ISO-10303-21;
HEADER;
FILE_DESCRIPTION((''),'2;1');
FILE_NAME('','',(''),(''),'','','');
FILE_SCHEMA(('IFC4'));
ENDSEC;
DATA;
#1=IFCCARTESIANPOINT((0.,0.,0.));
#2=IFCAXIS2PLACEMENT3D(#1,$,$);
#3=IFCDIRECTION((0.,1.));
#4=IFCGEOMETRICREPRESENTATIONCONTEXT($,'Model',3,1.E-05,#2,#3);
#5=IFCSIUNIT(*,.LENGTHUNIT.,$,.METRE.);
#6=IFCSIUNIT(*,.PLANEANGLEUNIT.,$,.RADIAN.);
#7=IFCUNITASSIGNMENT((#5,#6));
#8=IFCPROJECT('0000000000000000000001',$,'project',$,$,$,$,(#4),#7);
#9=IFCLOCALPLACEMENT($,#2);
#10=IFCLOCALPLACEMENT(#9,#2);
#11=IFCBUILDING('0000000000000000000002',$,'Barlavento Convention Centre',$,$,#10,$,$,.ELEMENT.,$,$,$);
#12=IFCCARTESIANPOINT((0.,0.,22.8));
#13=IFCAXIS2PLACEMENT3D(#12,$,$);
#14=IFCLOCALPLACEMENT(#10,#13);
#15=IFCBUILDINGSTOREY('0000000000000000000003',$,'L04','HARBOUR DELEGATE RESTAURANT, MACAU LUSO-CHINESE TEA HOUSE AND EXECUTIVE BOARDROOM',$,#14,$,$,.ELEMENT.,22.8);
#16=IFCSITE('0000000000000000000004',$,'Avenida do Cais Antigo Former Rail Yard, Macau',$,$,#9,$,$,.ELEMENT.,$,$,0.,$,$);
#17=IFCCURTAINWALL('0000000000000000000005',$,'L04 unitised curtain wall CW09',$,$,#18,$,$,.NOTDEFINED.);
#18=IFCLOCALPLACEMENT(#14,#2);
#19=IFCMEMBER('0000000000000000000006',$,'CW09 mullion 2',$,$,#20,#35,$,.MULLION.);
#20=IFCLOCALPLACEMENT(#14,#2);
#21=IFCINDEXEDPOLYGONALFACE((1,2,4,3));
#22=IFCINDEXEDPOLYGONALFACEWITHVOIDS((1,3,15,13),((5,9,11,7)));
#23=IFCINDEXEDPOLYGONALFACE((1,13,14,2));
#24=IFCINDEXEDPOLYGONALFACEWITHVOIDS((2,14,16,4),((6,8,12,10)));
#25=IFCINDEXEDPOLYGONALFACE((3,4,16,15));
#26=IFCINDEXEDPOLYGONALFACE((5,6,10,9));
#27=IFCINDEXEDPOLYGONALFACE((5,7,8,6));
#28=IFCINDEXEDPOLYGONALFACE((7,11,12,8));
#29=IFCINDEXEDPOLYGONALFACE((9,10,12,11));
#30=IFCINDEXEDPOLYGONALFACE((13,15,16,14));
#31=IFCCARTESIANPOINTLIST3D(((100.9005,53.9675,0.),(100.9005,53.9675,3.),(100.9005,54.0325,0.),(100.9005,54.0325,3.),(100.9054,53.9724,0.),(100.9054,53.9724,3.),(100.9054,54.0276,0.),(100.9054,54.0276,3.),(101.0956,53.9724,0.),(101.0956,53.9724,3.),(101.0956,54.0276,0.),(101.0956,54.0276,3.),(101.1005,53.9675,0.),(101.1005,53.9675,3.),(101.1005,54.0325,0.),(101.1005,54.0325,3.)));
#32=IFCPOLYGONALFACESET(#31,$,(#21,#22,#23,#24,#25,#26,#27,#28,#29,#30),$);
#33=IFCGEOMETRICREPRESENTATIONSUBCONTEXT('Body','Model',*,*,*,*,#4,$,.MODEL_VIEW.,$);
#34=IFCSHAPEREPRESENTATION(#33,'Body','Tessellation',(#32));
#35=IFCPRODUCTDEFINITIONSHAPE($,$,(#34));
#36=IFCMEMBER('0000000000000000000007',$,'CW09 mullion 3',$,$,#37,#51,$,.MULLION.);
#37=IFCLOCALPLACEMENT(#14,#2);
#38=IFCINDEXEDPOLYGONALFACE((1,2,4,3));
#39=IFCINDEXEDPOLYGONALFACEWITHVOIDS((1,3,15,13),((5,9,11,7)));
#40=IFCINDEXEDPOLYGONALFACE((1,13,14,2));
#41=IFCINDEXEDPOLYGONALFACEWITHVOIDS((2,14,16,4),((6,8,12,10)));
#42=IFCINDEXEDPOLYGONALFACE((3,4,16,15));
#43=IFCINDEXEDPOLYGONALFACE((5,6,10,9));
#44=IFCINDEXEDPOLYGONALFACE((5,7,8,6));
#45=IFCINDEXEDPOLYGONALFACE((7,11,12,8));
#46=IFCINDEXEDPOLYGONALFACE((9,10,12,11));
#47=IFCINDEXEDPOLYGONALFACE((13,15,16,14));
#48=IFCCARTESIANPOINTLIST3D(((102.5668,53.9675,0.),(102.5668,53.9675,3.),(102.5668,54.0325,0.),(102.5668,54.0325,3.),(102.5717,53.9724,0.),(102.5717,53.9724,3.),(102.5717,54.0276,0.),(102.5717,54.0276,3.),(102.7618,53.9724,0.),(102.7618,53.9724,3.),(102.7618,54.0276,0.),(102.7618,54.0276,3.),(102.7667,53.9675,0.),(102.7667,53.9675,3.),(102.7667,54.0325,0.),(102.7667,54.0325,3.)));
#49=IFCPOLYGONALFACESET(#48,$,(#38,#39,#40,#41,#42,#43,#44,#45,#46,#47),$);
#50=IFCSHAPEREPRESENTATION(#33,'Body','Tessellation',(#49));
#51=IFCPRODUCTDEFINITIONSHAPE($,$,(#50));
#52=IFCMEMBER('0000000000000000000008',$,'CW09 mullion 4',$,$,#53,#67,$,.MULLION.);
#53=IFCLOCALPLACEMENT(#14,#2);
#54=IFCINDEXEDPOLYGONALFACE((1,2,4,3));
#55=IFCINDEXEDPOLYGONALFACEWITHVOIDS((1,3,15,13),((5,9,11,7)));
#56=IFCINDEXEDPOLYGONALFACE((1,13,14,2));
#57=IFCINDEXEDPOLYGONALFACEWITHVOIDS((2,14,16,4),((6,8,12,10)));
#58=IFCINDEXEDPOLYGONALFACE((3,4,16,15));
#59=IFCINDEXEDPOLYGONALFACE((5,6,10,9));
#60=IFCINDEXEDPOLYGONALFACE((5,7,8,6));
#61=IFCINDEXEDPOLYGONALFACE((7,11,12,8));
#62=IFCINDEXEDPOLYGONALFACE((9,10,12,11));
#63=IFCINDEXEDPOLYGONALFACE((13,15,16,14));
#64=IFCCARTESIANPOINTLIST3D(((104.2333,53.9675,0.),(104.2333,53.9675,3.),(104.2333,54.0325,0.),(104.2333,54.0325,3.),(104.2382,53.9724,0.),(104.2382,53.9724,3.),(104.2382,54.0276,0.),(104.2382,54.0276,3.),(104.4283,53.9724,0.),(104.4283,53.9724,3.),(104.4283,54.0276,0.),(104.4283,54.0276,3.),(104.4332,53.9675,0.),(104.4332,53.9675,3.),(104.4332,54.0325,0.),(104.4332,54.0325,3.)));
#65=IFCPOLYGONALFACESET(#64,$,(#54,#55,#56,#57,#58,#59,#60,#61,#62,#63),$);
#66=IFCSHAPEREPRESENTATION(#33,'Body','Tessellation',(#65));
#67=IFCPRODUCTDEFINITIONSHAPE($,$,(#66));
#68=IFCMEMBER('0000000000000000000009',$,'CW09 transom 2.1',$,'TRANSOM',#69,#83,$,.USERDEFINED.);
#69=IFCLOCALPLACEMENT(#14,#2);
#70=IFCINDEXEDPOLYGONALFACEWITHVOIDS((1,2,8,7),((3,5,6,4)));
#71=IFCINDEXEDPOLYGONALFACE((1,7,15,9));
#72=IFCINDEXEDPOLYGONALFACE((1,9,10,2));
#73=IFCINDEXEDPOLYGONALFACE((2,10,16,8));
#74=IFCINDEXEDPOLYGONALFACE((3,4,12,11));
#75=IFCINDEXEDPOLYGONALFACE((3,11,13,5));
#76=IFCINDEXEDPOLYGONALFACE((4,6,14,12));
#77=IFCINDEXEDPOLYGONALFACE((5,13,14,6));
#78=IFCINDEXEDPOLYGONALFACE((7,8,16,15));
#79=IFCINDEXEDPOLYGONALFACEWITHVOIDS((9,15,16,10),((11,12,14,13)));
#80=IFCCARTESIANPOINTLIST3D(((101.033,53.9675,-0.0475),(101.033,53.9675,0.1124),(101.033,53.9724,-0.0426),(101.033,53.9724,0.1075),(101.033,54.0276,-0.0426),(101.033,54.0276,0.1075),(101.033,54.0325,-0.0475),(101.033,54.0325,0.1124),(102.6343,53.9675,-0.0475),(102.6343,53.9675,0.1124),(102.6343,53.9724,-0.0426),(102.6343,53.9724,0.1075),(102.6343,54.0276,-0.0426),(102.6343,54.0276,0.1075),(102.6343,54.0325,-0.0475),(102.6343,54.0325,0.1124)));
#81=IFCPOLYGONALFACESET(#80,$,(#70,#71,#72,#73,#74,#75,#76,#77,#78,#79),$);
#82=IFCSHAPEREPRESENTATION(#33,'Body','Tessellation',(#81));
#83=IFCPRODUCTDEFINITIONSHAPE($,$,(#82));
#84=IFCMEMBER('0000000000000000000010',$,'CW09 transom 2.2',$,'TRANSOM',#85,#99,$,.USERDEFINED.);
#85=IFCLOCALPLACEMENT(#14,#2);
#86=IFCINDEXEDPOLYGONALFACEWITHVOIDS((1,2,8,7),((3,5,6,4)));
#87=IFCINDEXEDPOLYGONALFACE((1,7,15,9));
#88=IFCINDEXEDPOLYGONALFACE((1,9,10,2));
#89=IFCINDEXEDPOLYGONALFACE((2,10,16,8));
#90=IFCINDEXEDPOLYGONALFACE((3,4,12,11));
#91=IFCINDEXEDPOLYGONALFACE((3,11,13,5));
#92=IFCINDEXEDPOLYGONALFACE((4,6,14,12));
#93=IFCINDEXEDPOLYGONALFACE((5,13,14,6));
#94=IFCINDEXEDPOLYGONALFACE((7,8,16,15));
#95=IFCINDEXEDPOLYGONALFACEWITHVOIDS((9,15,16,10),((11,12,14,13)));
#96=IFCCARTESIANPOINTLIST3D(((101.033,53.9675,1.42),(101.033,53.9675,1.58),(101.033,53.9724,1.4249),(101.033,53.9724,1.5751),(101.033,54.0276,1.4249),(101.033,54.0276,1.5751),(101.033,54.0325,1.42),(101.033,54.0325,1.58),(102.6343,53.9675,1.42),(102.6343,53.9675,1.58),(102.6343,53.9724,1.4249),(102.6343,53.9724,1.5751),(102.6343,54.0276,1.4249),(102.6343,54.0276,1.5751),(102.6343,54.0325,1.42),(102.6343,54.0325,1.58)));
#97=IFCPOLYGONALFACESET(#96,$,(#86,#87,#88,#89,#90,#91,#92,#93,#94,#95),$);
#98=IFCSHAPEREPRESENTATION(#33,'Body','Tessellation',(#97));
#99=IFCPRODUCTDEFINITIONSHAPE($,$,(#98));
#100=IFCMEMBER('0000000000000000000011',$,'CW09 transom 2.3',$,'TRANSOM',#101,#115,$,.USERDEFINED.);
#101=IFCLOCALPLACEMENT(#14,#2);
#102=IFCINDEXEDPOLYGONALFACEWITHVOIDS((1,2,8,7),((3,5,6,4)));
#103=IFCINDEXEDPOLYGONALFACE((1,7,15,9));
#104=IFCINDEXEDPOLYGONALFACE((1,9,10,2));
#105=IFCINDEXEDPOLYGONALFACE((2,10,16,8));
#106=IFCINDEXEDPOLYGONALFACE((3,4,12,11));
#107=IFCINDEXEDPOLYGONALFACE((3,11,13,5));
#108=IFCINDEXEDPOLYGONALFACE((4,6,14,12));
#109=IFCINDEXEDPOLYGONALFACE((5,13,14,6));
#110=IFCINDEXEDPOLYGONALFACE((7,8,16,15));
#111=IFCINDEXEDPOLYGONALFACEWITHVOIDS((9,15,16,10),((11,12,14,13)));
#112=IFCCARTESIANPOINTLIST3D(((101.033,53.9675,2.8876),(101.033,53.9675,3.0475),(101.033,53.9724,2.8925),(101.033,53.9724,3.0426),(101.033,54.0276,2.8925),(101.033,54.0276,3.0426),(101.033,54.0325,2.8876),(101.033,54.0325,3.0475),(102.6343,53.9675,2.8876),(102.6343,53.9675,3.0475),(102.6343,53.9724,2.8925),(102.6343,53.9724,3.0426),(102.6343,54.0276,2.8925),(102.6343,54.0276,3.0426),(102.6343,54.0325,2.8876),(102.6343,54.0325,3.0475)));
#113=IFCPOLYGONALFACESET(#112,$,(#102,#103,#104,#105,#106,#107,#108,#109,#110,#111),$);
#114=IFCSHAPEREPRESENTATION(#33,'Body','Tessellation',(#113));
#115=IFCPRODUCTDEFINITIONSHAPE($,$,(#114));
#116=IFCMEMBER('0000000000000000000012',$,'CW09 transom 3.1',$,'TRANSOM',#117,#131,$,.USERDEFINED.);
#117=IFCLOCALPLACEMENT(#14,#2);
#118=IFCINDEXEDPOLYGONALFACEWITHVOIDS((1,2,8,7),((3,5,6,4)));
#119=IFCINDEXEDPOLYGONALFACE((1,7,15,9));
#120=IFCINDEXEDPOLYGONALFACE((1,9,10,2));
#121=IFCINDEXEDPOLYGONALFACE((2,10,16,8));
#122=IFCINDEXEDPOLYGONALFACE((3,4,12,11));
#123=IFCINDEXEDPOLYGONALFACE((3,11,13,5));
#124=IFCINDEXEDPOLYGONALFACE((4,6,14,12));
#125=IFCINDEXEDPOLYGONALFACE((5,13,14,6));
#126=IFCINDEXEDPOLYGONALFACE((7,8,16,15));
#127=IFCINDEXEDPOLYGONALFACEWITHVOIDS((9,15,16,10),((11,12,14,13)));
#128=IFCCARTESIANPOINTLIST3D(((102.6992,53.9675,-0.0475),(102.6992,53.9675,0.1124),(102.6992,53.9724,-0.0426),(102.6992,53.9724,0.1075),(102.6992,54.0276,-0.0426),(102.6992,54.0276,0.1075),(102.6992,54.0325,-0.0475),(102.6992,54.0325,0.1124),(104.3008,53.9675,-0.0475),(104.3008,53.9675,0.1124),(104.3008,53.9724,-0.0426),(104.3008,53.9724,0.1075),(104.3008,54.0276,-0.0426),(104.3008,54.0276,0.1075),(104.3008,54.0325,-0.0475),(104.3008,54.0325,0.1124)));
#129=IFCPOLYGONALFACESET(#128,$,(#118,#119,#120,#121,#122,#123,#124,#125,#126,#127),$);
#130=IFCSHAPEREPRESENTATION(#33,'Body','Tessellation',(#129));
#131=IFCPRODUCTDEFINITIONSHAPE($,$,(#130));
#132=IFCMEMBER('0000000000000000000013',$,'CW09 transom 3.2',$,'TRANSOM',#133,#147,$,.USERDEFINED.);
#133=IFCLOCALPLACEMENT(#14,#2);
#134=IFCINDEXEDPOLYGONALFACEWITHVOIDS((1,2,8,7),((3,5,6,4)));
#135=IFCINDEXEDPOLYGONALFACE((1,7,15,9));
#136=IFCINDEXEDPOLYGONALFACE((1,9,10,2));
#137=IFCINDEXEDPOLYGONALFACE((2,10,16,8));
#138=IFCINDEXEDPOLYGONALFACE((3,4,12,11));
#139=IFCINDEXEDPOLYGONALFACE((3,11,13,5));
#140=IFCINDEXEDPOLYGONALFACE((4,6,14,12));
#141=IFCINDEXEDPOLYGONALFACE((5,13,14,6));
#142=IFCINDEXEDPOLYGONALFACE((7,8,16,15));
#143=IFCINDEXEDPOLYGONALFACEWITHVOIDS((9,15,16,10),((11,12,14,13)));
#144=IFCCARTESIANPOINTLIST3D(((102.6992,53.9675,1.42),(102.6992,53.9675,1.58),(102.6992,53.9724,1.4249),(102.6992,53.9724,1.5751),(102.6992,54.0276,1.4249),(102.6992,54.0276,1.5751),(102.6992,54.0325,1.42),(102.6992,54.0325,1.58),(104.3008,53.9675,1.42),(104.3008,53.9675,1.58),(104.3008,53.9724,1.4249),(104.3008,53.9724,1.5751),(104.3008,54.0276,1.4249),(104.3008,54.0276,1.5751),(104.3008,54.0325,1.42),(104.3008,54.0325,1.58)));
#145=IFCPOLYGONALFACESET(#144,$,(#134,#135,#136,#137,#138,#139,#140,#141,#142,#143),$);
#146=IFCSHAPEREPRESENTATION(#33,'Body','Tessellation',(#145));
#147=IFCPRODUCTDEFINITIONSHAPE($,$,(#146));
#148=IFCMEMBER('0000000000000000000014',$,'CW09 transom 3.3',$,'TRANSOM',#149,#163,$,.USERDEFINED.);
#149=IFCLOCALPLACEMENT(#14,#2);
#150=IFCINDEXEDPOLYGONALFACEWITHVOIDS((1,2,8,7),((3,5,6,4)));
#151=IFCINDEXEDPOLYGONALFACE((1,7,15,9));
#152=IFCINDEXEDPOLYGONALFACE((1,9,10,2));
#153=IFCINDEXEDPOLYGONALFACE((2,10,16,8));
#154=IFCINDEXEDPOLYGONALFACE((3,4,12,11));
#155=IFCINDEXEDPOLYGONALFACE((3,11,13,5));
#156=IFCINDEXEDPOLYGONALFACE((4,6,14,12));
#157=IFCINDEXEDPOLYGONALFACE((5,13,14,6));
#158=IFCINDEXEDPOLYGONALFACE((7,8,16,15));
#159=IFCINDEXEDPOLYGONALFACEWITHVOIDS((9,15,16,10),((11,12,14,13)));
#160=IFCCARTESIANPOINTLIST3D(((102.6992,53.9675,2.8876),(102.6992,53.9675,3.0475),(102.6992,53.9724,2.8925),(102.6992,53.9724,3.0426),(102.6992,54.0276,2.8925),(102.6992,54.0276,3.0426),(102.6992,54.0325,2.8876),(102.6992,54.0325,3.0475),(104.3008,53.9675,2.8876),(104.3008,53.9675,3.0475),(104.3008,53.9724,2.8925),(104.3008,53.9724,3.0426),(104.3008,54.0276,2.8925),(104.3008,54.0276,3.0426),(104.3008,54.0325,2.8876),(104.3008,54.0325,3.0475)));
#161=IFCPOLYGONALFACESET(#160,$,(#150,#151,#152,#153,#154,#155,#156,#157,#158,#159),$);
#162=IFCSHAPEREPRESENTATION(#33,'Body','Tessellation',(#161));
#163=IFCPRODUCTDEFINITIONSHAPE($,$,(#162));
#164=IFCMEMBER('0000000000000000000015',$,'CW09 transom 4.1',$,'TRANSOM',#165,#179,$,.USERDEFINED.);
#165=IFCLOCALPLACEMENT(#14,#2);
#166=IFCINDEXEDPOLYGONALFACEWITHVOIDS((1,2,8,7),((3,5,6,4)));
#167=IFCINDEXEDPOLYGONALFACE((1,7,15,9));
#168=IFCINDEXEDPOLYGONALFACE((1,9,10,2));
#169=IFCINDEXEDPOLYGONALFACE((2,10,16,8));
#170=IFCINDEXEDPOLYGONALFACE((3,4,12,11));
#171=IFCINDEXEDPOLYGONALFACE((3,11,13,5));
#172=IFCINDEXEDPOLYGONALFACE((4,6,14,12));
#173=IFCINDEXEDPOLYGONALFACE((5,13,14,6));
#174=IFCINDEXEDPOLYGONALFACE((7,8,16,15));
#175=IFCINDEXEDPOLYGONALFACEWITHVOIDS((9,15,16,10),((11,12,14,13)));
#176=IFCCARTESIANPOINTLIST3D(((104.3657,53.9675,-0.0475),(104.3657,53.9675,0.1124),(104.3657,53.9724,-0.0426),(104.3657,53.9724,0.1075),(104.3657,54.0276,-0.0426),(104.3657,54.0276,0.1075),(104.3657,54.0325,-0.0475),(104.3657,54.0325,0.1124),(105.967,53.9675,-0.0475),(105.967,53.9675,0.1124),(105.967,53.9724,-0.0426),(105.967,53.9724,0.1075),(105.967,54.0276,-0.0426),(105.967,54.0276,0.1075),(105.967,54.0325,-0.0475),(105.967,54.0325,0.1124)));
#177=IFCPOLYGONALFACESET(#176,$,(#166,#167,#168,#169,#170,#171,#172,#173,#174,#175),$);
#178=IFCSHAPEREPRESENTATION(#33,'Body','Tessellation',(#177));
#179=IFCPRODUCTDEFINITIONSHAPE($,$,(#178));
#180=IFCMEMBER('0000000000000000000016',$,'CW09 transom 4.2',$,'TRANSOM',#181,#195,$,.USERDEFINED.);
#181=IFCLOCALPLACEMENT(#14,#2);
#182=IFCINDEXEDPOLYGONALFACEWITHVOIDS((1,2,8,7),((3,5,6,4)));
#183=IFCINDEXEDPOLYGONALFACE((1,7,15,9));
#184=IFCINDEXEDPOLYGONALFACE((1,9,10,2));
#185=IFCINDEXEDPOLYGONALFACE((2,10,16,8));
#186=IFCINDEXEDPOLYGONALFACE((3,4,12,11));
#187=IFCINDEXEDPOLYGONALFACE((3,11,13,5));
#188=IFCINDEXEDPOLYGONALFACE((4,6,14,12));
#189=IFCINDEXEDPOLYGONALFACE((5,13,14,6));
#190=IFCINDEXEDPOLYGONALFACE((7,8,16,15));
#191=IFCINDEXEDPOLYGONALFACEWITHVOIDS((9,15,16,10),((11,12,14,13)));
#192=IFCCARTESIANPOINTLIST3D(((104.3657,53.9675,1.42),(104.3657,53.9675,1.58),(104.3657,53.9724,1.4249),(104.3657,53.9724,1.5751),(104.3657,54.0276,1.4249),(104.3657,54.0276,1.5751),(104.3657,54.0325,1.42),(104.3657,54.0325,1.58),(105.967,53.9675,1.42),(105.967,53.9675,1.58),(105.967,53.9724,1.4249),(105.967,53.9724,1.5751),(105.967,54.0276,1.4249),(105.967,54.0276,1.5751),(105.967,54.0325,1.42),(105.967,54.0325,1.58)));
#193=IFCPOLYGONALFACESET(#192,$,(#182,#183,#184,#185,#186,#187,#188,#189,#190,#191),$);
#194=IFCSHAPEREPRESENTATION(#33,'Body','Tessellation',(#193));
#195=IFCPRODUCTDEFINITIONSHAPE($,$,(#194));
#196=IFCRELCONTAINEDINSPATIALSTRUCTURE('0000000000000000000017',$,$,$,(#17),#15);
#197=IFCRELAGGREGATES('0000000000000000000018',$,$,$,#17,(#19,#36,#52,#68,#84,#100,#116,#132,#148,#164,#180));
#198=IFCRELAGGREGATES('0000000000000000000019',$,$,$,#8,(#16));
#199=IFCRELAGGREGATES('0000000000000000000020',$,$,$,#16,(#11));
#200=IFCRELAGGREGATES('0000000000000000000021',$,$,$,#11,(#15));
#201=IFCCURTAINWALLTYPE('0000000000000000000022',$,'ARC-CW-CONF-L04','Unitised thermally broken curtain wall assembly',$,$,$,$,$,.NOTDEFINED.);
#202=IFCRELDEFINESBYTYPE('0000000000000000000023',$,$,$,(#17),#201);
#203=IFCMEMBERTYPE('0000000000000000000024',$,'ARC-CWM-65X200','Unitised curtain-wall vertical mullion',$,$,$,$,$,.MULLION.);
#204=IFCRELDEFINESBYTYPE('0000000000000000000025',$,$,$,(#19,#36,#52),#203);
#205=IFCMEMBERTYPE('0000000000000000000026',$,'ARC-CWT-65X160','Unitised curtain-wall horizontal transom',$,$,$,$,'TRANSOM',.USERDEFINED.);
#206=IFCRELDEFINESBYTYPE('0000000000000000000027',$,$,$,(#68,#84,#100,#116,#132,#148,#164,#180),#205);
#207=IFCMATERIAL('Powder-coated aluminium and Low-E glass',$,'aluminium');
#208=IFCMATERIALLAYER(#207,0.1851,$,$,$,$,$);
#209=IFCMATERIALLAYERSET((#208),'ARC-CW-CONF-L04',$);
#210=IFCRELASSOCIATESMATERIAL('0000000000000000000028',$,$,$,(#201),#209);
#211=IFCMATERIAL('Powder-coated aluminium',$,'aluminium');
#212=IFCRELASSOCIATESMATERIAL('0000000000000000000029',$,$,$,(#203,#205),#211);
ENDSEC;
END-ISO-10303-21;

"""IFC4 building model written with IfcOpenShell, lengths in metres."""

from ifc_helpers import new_model, si_unit, direction, frame, origin, origin_2d, place, context, subcontext, project, spatial, hollow_rectangle, extrude, material, layer, layer_set, material_profile, profile_set, type_object, element, aggregate, save


model = new_model("IFC4")

# Units and contexts
model_context = context("Model", 3, precision=1e-05, world=origin(), true_north=direction((0.0, 1.0)))
body_context = subcontext(model_context, "Body", "Model", "MODEL_VIEW")
ifc_project = project(units=[si_unit("LENGTHUNIT", "METRE"), si_unit("PLANEANGLEUNIT", "RADIAN")], contexts=[model_context])

# Site, building, storey
site_placement = place(None, origin())
site = spatial("IfcSite", under=ifc_project, at=site_placement, Name="Avenida do Cais Antigo Former Rail Yard, Macau", CompositionType="ELEMENT", RefElevation=0.0)
building_placement = place(site_placement, origin())
building = spatial("IfcBuilding", under=site, at=building_placement, Name="Barlavento Convention Centre", CompositionType="ELEMENT")
storey_placement = place(building_placement, frame((0.0, 0.0, 22.8)))
storey = spatial("IfcBuildingStorey", under=building, at=storey_placement, Name="L04", Description="HARBOUR DELEGATE RESTAURANT, MACAU LUSO-CHINESE TEA HOUSE AND EXECUTIVE BOARDROOM", CompositionType="ELEMENT", Elevation=22.8)

# Curtain wall, members
ifc_material_1 = material(Name="Powder-coated aluminium and Low-E glass", Category="aluminium")
ifc_layer_1 = layer(ifc_material_1, 0.1851)
ifc_layer_set_1 = layer_set([ifc_layer_1], Name="ARC-CW-CONF-L04")
curtain_wall_type = type_object("IfcCurtainWallType", Name="ARC-CW-CONF-L04", Description="Unitised thermally broken curtain wall assembly", PredefinedType="NOTDEFINED", material=ifc_layer_set_1)
curtain_wall_placement = place(storey_placement, origin())
curtain_wall = element("IfcCurtainWall", 1, at=curtain_wall_placement, inside=storey, type_object=curtain_wall_type, Name="L04 unitised curtain wall CW09", PredefinedType="NOTDEFINED")
ifc_material_2 = material(Name="Powder-coated aluminium", Category="aluminium")
ifc_material_profile_1 = material_profile(ifc_material_2, hollow_rectangle(XDim=0.0649, YDim=0.2, WallThickness=0.0049, at=origin_2d()), Name="AL-MULL 65x200x5")
ifc_profile_set_1 = profile_set([ifc_material_profile_1], Name="Powder-coated aluminium")
member_type_1 = type_object("IfcMemberType", Name="ARC-CWM-65X200", Description="Unitised curtain-wall vertical mullion", PredefinedType="MULLION", material=ifc_profile_set_1)
member_1_placement = place(storey_placement, frame((101.0005, 54.0, 0.0), z_axis=(0.0, 0.0, 1.0), x_axis=(0.0, 1.0, 0.0)))
member_1 = element("IfcMember", 2, at=member_1_placement, type_object=member_type_1, Name="CW09 mullion 2", PredefinedType="MULLION", context=body_context, shape_type="SweptSolid", body=[
    extrude(hollow_rectangle(XDim=0.0649, YDim=0.2, WallThickness=0.0049, at=origin_2d()), origin(), (0.0, 0.0, 1.0), 3.0),
])
member_2_placement = place(storey_placement, frame((102.6667, 54.0, 0.0), z_axis=(0.0, 0.0, 1.0), x_axis=(0.0, 1.0, 0.0)))
member_2 = element("IfcMember", 3, at=member_2_placement, type_object=member_type_1, Name="CW09 mullion 3", PredefinedType="MULLION", context=body_context, shape_type="SweptSolid", body=[
    extrude(hollow_rectangle(XDim=0.0649, YDim=0.2, WallThickness=0.0049, at=origin_2d()), origin(), (0.0, 0.0, 1.0), 3.0),
])
member_3_placement = place(storey_placement, frame((104.3333, 54.0, 0.0), z_axis=(0.0, 0.0, 1.0), x_axis=(0.0, 1.0, 0.0)))
member_3 = element("IfcMember", 4, at=member_3_placement, type_object=member_type_1, Name="CW09 mullion 4", PredefinedType="MULLION", context=body_context, shape_type="SweptSolid", body=[
    extrude(hollow_rectangle(XDim=0.0649, YDim=0.2, WallThickness=0.0049, at=origin_2d()), origin(), (0.0, 0.0, 1.0), 3.0),
])
ifc_material_profile_2 = material_profile(ifc_material_2, hollow_rectangle(XDim=0.0649, YDim=0.1599, WallThickness=0.0049, at=origin_2d()), Name="AL-TRAN 65x160x5")
ifc_profile_set_2 = profile_set([ifc_material_profile_2], Name="Powder-coated aluminium")
member_type_2 = type_object("IfcMemberType", Name="ARC-CWT-65X160", Description="Unitised curtain-wall horizontal transom", ElementType="TRANSOM", PredefinedType="USERDEFINED", material=ifc_profile_set_2)
member_4_placement = place(storey_placement, frame((101.033, 54.0, 0.0325), z_axis=(1.0, 0.0, 0.0), x_axis=(0.0, 1.0, 0.0)))
member_4 = element("IfcMember", 5, at=member_4_placement, type_object=member_type_2, Name="CW09 transom 2.1", ObjectType="TRANSOM", PredefinedType="USERDEFINED", context=body_context, shape_type="SweptSolid", body=[
    extrude(hollow_rectangle(XDim=0.0649, YDim=0.1599, WallThickness=0.0049, at=origin_2d()), origin(), (0.0, 0.0, 1.0), 1.6013),
])
member_5_placement = place(storey_placement, frame((101.033, 54.0, 1.5), z_axis=(1.0, 0.0, 0.0), x_axis=(0.0, 1.0, 0.0)))
member_5 = element("IfcMember", 6, at=member_5_placement, type_object=member_type_2, Name="CW09 transom 2.2", ObjectType="TRANSOM", PredefinedType="USERDEFINED", context=body_context, shape_type="SweptSolid", body=[
    extrude(hollow_rectangle(XDim=0.0649, YDim=0.1599, WallThickness=0.0049, at=origin_2d()), origin(), (0.0, 0.0, 1.0), 1.6013),
])
member_6_placement = place(storey_placement, frame((101.033, 54.0, 2.9675), z_axis=(1.0, 0.0, 0.0), x_axis=(0.0, 1.0, 0.0)))
member_6 = element("IfcMember", 7, at=member_6_placement, type_object=member_type_2, Name="CW09 transom 2.3", ObjectType="TRANSOM", PredefinedType="USERDEFINED", context=body_context, shape_type="SweptSolid", body=[
    extrude(hollow_rectangle(XDim=0.0649, YDim=0.1599, WallThickness=0.0049, at=origin_2d()), origin(), (0.0, 0.0, 1.0), 1.6013),
])
member_7_placement = place(storey_placement, frame((102.6992, 54.0, 0.0325), z_axis=(1.0, 0.0, 0.0), x_axis=(0.0, 1.0, 0.0)))
member_7 = element("IfcMember", 8, at=member_7_placement, type_object=member_type_2, Name="CW09 transom 3.1", ObjectType="TRANSOM", PredefinedType="USERDEFINED", context=body_context, shape_type="SweptSolid", body=[
    extrude(hollow_rectangle(XDim=0.0649, YDim=0.1599, WallThickness=0.0049, at=origin_2d()), origin(), (0.0, 0.0, 1.0), 1.6016),
])
member_8_placement = place(storey_placement, frame((102.6992, 54.0, 1.5), z_axis=(1.0, 0.0, 0.0), x_axis=(0.0, 1.0, 0.0)))
member_8 = element("IfcMember", 9, at=member_8_placement, type_object=member_type_2, Name="CW09 transom 3.2", ObjectType="TRANSOM", PredefinedType="USERDEFINED", context=body_context, shape_type="SweptSolid", body=[
    extrude(hollow_rectangle(XDim=0.0649, YDim=0.1599, WallThickness=0.0049, at=origin_2d()), origin(), (0.0, 0.0, 1.0), 1.6016),
])
member_9_placement = place(storey_placement, frame((102.6992, 54.0, 2.9675), z_axis=(1.0, 0.0, 0.0), x_axis=(0.0, 1.0, 0.0)))
member_9 = element("IfcMember", 10, at=member_9_placement, type_object=member_type_2, Name="CW09 transom 3.3", ObjectType="TRANSOM", PredefinedType="USERDEFINED", context=body_context, shape_type="SweptSolid", body=[
    extrude(hollow_rectangle(XDim=0.0649, YDim=0.1599, WallThickness=0.0049, at=origin_2d()), origin(), (0.0, 0.0, 1.0), 1.6016),
])
member_10_placement = place(storey_placement, frame((104.3657, 54.0, 0.0325), z_axis=(1.0, 0.0, 0.0), x_axis=(0.0, 1.0, 0.0)))
member_10 = element("IfcMember", 11, at=member_10_placement, type_object=member_type_2, Name="CW09 transom 4.1", ObjectType="TRANSOM", PredefinedType="USERDEFINED", context=body_context, shape_type="SweptSolid", body=[
    extrude(hollow_rectangle(XDim=0.0649, YDim=0.1599, WallThickness=0.0049, at=origin_2d()), origin(), (0.0, 0.0, 1.0), 1.6013),
])
member_11_placement = place(storey_placement, frame((104.3657, 54.0, 1.5), z_axis=(1.0, 0.0, 0.0), x_axis=(0.0, 1.0, 0.0)))
member_11 = element("IfcMember", 12, at=member_11_placement, type_object=member_type_2, Name="CW09 transom 4.2", ObjectType="TRANSOM", PredefinedType="USERDEFINED", context=body_context, shape_type="SweptSolid", body=[
    extrude(hollow_rectangle(XDim=0.0649, YDim=0.1599, WallThickness=0.0049, at=origin_2d()), origin(), (0.0, 0.0, 1.0), 1.6013),
])
aggregate(curtain_wall, [member_1, member_2, member_3, member_4, member_5, member_6, member_7, member_8, member_9, member_10, member_11])

save(model, "model.ifc")
